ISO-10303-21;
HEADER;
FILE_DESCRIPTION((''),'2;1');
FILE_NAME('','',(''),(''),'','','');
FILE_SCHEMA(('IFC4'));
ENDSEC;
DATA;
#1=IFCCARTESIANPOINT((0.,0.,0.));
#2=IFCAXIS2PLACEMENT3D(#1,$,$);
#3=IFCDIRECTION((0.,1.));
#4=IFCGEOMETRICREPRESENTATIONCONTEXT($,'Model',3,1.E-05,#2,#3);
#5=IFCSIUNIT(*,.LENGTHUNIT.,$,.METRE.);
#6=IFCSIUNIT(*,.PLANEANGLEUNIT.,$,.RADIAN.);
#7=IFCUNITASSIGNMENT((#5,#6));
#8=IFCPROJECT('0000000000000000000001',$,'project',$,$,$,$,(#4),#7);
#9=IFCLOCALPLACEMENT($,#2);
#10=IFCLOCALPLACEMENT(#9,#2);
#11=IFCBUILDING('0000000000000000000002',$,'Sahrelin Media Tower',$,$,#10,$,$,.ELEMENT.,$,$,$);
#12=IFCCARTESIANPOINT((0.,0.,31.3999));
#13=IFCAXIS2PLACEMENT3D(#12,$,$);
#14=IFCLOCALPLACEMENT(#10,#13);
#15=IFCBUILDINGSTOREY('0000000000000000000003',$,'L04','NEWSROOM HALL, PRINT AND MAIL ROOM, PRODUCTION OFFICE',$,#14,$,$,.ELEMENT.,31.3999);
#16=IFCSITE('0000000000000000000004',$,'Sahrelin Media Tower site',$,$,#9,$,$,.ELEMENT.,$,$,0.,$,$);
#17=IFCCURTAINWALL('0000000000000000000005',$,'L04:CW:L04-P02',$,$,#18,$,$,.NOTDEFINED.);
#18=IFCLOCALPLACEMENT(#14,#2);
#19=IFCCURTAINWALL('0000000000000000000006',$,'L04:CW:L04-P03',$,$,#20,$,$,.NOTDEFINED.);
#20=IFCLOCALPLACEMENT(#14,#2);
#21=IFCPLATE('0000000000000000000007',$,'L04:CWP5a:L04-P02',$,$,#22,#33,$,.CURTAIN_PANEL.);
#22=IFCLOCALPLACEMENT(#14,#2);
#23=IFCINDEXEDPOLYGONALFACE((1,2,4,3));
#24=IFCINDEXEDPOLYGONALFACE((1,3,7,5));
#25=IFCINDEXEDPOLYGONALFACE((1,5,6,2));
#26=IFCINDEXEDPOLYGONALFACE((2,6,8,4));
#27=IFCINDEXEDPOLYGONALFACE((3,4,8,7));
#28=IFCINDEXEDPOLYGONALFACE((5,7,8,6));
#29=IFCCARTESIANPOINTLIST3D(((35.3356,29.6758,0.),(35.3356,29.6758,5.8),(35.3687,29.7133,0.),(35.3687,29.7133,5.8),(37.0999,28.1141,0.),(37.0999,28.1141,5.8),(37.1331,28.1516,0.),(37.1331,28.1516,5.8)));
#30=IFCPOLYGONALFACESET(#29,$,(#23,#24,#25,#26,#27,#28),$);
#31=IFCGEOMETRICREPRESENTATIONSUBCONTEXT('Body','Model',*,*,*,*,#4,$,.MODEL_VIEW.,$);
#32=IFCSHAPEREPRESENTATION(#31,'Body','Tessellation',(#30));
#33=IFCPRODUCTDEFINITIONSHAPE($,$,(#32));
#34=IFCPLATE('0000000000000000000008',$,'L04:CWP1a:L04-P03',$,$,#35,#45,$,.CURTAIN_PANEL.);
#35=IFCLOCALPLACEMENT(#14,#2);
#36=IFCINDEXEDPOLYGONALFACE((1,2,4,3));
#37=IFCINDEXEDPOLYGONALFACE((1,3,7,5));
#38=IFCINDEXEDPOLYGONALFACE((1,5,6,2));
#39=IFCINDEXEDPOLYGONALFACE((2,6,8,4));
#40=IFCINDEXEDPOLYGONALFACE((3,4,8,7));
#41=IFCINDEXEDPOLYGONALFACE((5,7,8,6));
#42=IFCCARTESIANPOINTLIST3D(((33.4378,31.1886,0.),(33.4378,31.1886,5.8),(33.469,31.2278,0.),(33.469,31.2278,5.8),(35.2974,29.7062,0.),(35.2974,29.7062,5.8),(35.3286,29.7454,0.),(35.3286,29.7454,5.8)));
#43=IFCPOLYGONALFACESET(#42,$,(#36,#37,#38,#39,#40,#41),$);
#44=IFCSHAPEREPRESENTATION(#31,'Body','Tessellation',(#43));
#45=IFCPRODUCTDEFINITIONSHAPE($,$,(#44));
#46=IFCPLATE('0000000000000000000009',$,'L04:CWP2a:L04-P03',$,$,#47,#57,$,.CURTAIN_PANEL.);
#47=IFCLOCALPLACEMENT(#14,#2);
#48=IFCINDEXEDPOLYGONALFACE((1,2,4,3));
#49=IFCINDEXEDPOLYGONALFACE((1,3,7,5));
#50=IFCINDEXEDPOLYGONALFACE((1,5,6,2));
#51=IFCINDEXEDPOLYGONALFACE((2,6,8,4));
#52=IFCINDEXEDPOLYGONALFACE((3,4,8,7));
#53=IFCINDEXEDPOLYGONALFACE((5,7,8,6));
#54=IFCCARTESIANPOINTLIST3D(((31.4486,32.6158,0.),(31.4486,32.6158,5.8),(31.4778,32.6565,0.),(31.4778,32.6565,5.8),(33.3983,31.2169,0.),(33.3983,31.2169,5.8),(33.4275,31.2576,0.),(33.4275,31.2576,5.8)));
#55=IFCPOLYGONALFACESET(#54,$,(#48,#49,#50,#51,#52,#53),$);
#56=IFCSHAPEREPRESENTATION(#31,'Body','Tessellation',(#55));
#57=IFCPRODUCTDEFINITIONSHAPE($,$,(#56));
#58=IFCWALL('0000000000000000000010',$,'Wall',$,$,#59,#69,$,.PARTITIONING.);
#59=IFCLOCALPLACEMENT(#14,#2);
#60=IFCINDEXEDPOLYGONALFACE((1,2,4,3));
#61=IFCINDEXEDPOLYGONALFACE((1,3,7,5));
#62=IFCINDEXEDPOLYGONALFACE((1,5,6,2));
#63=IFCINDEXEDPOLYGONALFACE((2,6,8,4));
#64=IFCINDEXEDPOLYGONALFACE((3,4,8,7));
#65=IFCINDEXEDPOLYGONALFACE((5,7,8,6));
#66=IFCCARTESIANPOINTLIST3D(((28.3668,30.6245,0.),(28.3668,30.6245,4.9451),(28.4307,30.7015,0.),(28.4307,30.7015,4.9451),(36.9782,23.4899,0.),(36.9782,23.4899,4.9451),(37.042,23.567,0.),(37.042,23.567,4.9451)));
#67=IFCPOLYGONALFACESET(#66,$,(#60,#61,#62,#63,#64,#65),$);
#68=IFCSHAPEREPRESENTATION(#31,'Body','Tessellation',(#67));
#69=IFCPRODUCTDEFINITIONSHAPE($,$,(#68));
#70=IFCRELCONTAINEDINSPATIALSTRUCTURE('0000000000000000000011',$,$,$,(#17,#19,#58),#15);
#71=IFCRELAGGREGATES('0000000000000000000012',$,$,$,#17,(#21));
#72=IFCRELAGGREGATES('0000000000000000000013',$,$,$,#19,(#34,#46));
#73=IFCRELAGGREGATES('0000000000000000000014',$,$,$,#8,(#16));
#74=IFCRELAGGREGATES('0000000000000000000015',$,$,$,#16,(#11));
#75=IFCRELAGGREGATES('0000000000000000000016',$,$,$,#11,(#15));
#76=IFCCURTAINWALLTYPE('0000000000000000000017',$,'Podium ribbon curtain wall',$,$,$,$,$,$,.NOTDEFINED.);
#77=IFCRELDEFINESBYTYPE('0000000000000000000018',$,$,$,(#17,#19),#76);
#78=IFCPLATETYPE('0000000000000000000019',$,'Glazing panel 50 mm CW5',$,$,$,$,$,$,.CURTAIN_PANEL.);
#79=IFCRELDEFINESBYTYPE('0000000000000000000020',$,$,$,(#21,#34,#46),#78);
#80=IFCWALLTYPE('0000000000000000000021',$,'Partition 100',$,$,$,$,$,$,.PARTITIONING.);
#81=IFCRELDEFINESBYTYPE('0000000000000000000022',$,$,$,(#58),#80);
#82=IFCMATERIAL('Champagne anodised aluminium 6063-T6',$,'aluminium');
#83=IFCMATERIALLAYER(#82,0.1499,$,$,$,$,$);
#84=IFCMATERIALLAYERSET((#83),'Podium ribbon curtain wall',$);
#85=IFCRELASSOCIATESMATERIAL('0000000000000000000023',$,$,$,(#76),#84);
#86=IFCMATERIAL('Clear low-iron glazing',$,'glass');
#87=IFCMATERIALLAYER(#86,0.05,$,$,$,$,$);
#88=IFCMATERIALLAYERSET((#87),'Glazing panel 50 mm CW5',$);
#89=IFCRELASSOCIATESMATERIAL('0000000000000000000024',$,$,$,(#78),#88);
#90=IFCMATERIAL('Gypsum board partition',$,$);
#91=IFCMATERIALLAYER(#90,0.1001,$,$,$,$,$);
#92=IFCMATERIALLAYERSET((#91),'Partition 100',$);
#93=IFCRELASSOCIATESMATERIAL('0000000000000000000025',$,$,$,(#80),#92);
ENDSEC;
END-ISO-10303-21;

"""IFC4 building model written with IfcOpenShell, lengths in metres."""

from ifc_helpers import new_model, si_unit, direction, frame, frame_2d, origin, place, context, subcontext, project, spatial, polyline, rectangle, outline, extrude, material, layer, layer_set, type_object, element, aggregate, save


model = new_model("IFC4")

# Units and contexts
model_context = context("Model", 3, precision=1e-05, world=origin(), true_north=direction((0.0, 1.0)))
body_context = subcontext(model_context, "Body", "Model", "MODEL_VIEW")
ifc_project = project(units=[si_unit("LENGTHUNIT", "METRE"), si_unit("PLANEANGLEUNIT", "RADIAN")], contexts=[model_context])

# Site, building, storey
site_placement = place(None, origin())
site = spatial("IfcSite", under=ifc_project, at=site_placement, Name="Sahrelin Media Tower site", CompositionType="ELEMENT", RefElevation=0.0)
building_placement = place(site_placement, origin())
building = spatial("IfcBuilding", under=site, at=building_placement, Name="Sahrelin Media Tower", CompositionType="ELEMENT")
storey_placement = place(building_placement, frame((0.0, 0.0, 31.3999)))
storey = spatial("IfcBuildingStorey", under=building, at=storey_placement, Name="L04", Description="NEWSROOM HALL, PRINT AND MAIL ROOM, PRODUCTION OFFICE", CompositionType="ELEMENT", Elevation=31.3999)

# Curtain wall
ifc_material_1 = material(Name="Champagne anodised aluminium 6063-T6", Category="aluminium")
ifc_layer_1 = layer(ifc_material_1, 0.1499)
ifc_layer_set_1 = layer_set([ifc_layer_1], Name="Podium ribbon curtain wall")
curtain_wall_type = type_object("IfcCurtainWallType", Name="Podium ribbon curtain wall", PredefinedType="NOTDEFINED", material=ifc_layer_set_1)
curtain_wall_1_placement = place(storey_placement, frame((43.3013, 21.0, 0.0), z_axis=(0.0, 0.0, 1.0), x_axis=(1.0, 0.0, 0.0)))
curtain_wall_1 = element("IfcCurtainWall", 1, at=curtain_wall_1_placement, inside=storey, type_object=curtain_wall_type, Name="L04:CW:L04-P02", PredefinedType="NOTDEFINED")

# Curtain wall
curtain_wall_2_placement = place(storey_placement, frame((35.3552, 29.6985, 0.0), z_axis=(0.0, 0.0, 1.0), x_axis=(1.0, 0.0, 0.0)))
curtain_wall_2 = element("IfcCurtainWall", 2, at=curtain_wall_2_placement, inside=storey, type_object=curtain_wall_type, Name="L04:CW:L04-P03", PredefinedType="NOTDEFINED")

# Plates
ifc_material_2 = material(Name="Clear low-iron glazing", Category="glass")
ifc_layer_2 = layer(ifc_material_2, 0.05)
ifc_layer_set_2 = layer_set([ifc_layer_2], Name="Glazing panel 50 mm CW5")
plate_type = type_object("IfcPlateType", Name="Glazing panel 50 mm CW5", PredefinedType="CURTAIN_PANEL", material=ifc_layer_set_2)
plate_1_placement = place(storey_placement, frame((37.1331, 28.1516, 0.0), z_axis=(0.6628, 0.748797, 0.0), x_axis=(-0.748797, 0.6628, 0.0)))
plate_1 = element("IfcPlate", 3, at=plate_1_placement, type_object=plate_type, Name="L04:CWP5a:L04-P02", PredefinedType="CURTAIN_PANEL", context=body_context, shape_type="SweptSolid", body=[
    extrude(outline(polyline([(0.0, 0.0), (2.3562, 0.0), (2.3562, 5.8), (0.0, 5.8), (0.0, 0.0)])), origin(), (0.0, 0.0, -1.0), 0.05),
])
aggregate(curtain_wall_1, [plate_1])
plate_2_placement = place(storey_placement, frame((35.3286, 29.7454, 0.0), z_axis=(0.623342, 0.781949, 0.0), x_axis=(-0.781949, 0.623342, 0.0)))
plate_2 = element("IfcPlate", 4, at=plate_2_placement, type_object=plate_type, Name="L04:CWP1a:L04-P03", PredefinedType="CURTAIN_PANEL", context=body_context, shape_type="SweptSolid", body=[
    extrude(outline(polyline([(0.0, 0.0), (2.3782, 0.0), (2.3782, 5.8), (0.0, 5.8), (0.0, 0.0)])), origin(), (0.0, 0.0, -1.0), 0.05),
])
plate_3_placement = place(storey_placement, frame((33.4275, 31.2576, 0.0), z_axis=(0.582969, 0.812494, 0.0), x_axis=(-0.812494, 0.582969, 0.0)))
plate_3 = element("IfcPlate", 5, at=plate_3_placement, type_object=plate_type, Name="L04:CWP2a:L04-P03", PredefinedType="CURTAIN_PANEL", context=body_context, shape_type="SweptSolid", body=[
    extrude(outline(polyline([(0.0, 0.0), (2.3997, 0.0), (2.3997, 5.8), (0.0, 5.8), (0.0, 0.0)])), origin(), (0.0, 0.0, -1.0), 0.05),
])
aggregate(curtain_wall_2, [plate_2, plate_3])

# Wall
ifc_material_3 = material(Name="Gypsum board partition")
ifc_layer_3 = layer(ifc_material_3, 0.1001)
ifc_layer_set_3 = layer_set([ifc_layer_3], Name="Partition 100")
wall_type = type_object("IfcWallType", Name="Partition 100", PredefinedType="PARTITIONING", material=ifc_layer_set_3)
wall_placement = place(storey_placement, frame((37.01, 23.5286, 0.0), z_axis=(0.0, 0.0, 1.0), x_axis=(-0.770047, 0.637987, 0.0)))
element("IfcWall", 6, at=wall_placement, inside=storey, type_object=wall_type, Name="Wall", PredefinedType="PARTITIONING", context=body_context, shape_type="SweptSolid", body=[
    extrude(rectangle(XDim=11.1829, YDim=0.1001, at=frame_2d((5.5913, 0.0))), origin(), (0.0, 0.0, 1.0), 4.9451),
])

save(model, "model.ifc")
